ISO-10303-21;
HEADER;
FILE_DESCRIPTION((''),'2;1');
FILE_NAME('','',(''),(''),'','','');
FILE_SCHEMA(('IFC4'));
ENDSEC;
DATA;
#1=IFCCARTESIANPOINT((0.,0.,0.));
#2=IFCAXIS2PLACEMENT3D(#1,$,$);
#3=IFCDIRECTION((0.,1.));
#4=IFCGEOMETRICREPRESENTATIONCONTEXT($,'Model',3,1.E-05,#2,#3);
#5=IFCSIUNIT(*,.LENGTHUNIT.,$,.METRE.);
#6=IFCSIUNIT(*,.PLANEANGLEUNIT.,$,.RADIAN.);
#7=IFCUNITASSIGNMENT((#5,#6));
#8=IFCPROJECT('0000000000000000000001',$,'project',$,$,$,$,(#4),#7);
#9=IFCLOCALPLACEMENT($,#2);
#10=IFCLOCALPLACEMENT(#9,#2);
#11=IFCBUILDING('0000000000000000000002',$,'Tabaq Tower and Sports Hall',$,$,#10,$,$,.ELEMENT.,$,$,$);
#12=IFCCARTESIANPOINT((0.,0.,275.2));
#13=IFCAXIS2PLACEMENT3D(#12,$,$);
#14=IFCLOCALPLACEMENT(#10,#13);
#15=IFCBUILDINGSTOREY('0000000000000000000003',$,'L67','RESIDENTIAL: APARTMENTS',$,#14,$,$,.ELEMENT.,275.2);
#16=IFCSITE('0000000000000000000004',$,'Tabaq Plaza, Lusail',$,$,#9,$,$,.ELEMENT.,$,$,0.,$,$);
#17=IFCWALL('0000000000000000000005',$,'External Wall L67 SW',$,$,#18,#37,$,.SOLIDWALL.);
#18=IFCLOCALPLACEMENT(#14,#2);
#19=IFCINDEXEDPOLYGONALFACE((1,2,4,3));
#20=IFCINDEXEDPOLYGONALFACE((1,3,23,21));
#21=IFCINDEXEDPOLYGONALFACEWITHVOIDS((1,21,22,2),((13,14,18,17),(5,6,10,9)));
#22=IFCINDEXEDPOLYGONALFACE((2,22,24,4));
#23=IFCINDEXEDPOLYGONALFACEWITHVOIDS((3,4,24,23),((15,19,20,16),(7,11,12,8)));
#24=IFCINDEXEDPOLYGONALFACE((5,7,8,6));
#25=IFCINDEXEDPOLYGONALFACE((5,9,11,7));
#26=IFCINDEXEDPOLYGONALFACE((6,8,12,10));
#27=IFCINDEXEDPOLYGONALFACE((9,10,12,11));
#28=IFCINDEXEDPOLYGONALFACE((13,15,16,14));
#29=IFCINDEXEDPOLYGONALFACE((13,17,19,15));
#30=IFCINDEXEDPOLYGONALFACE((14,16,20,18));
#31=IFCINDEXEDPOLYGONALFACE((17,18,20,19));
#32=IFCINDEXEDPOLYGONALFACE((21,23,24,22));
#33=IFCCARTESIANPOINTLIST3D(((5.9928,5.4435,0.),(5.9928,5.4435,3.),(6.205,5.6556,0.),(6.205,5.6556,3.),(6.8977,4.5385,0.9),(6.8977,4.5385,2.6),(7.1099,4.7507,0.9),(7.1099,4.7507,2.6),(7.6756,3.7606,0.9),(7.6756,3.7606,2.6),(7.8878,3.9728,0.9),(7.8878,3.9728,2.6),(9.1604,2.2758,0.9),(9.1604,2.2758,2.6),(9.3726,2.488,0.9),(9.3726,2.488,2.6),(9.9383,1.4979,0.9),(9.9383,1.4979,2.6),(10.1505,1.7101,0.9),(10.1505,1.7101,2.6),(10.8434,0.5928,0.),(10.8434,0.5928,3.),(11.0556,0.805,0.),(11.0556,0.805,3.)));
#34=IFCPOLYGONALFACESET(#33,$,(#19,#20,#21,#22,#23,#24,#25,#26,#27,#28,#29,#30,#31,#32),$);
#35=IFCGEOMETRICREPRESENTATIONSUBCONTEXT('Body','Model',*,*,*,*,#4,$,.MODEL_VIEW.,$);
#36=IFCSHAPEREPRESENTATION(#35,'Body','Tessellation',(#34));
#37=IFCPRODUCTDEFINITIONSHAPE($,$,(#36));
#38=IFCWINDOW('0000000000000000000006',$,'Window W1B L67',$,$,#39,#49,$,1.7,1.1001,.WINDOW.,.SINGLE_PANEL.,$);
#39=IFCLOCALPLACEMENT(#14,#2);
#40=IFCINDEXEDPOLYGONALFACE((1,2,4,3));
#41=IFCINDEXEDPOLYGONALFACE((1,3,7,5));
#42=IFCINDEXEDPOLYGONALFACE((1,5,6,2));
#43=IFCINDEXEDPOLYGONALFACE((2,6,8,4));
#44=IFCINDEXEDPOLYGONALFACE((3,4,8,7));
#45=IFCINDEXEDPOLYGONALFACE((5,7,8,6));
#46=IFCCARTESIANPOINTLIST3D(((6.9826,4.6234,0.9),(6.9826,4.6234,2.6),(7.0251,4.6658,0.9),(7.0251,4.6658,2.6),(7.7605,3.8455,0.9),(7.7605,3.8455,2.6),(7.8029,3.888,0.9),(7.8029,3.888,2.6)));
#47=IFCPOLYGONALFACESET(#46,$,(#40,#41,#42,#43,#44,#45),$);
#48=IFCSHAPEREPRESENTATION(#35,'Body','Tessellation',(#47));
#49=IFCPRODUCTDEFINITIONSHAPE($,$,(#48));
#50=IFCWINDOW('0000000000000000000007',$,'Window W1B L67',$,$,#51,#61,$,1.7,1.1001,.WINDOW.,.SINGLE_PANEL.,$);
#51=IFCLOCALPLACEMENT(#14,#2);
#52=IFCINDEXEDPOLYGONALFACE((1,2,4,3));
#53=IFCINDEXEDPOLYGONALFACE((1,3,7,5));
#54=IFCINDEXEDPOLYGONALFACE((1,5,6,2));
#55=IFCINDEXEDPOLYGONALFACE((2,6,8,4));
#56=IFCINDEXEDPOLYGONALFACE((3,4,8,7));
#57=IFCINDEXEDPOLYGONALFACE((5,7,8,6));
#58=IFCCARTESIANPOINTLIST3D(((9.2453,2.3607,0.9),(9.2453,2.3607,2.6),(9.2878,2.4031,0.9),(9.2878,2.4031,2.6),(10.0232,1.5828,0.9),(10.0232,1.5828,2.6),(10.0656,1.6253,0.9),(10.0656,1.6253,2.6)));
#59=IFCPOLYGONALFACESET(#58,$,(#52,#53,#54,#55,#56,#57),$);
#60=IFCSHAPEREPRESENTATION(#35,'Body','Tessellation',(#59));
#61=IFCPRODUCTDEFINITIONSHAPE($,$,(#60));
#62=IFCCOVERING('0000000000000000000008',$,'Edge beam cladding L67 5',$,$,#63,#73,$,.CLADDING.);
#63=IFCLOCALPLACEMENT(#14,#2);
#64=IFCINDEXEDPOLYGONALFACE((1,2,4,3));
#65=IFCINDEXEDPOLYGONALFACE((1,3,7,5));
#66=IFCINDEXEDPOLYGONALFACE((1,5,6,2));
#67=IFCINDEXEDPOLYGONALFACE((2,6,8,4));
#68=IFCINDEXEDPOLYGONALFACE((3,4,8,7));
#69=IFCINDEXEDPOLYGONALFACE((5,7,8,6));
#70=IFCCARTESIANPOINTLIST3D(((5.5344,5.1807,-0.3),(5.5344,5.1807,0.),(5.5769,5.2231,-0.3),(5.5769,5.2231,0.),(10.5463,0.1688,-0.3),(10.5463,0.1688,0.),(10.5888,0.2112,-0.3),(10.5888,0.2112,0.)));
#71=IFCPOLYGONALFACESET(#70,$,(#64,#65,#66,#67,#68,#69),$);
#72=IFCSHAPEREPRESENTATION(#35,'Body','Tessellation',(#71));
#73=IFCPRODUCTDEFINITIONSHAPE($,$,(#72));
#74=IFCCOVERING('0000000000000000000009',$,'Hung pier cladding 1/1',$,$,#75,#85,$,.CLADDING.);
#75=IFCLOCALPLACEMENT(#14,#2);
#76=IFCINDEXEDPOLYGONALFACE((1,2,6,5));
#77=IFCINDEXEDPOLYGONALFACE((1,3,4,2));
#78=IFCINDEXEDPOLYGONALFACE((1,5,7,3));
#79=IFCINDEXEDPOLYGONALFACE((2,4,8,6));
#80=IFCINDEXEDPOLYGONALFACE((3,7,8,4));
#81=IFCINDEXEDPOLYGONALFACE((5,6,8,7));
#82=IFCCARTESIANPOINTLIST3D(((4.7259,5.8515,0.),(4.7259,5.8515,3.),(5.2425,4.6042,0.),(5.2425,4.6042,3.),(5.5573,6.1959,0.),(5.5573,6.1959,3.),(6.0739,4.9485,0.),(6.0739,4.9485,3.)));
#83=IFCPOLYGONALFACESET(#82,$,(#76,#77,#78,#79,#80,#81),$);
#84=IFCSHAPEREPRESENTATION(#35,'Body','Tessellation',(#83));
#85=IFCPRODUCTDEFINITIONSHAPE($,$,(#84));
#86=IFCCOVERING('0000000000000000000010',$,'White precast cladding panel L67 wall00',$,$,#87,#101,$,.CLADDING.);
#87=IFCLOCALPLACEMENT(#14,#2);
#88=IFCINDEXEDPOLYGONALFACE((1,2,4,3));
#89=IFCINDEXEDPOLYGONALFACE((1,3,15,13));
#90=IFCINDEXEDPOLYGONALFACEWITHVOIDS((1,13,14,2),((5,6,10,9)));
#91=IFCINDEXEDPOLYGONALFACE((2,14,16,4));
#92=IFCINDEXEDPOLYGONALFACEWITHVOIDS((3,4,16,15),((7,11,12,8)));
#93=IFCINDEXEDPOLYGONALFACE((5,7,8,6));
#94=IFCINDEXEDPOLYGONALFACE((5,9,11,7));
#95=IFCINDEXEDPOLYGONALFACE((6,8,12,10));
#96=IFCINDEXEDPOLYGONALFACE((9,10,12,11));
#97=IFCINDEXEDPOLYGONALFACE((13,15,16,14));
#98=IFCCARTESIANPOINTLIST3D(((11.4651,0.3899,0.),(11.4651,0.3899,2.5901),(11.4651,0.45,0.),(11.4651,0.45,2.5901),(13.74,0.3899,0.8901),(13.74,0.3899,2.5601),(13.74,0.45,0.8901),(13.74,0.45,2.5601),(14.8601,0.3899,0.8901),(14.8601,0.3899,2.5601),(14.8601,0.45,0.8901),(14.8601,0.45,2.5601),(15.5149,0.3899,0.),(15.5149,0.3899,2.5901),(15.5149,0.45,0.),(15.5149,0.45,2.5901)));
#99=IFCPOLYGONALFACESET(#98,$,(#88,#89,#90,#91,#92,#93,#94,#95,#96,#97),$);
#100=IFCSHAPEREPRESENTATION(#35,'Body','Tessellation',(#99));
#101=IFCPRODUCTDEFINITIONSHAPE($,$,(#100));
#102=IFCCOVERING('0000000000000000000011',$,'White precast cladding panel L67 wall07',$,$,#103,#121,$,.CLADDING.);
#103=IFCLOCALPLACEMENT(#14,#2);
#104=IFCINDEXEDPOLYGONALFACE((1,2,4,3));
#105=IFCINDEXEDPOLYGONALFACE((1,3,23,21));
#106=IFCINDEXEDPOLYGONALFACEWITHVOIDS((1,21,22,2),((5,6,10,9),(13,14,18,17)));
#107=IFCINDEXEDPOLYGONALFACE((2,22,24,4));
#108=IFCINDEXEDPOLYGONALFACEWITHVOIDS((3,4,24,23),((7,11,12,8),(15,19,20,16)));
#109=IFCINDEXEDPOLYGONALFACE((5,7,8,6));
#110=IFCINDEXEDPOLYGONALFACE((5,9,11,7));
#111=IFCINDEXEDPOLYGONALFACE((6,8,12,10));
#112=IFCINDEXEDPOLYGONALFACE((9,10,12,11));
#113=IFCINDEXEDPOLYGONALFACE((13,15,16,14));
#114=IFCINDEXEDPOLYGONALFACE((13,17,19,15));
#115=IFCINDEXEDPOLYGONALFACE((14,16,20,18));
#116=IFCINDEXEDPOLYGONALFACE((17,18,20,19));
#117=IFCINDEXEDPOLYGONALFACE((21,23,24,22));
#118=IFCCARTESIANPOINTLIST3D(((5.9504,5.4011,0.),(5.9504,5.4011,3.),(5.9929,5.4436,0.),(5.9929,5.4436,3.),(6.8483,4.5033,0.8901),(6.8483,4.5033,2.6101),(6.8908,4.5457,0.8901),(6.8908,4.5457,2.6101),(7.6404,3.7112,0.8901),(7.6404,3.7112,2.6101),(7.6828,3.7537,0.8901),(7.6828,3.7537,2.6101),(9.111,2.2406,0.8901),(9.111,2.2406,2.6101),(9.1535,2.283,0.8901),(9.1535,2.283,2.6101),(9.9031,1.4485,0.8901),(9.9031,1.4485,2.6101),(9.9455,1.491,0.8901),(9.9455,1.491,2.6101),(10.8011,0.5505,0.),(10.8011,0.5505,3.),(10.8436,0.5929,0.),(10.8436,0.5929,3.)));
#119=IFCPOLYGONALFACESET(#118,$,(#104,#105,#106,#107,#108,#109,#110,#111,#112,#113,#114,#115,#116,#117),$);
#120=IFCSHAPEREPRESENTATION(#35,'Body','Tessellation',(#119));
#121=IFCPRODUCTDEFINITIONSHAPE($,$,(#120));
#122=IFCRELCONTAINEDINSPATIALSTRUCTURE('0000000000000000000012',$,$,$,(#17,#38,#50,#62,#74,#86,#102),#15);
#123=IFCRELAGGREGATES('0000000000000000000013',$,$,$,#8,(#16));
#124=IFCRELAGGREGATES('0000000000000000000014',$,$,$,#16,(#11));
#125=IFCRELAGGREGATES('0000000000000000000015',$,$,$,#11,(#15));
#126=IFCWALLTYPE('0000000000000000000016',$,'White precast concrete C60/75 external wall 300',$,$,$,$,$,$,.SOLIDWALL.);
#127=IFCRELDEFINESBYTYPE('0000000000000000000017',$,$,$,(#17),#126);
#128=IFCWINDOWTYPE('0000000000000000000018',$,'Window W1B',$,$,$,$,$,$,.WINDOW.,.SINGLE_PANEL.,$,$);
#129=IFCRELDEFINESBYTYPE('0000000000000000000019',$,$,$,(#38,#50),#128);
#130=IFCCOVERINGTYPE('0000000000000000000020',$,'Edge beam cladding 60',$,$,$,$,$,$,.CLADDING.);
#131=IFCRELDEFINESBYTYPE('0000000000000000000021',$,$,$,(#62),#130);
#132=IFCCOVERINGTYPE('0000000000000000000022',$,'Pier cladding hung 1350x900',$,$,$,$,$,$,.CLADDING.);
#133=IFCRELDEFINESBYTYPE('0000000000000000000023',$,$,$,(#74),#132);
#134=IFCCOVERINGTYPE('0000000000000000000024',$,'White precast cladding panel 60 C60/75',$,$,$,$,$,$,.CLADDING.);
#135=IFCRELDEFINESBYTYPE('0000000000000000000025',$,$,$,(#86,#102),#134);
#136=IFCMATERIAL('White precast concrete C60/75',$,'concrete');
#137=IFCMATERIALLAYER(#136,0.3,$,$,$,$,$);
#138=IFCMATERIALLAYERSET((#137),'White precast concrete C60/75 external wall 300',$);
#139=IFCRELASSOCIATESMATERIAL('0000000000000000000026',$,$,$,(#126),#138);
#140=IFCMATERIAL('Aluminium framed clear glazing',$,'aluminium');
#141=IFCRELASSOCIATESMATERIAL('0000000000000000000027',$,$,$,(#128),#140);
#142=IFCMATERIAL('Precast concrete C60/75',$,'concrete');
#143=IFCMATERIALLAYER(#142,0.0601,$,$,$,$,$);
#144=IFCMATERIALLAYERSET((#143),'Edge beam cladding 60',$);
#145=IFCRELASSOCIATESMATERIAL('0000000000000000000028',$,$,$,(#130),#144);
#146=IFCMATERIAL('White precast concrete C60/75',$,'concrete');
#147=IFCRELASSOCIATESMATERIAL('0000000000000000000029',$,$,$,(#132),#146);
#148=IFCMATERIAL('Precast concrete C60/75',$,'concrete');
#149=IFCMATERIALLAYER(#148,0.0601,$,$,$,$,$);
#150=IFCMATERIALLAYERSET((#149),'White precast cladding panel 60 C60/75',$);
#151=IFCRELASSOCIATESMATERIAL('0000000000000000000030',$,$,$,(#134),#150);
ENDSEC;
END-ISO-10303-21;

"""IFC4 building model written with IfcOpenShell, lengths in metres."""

from ifc_helpers import new_model, si_unit, direction, frame, frame_2d, origin, place, context, subcontext, project, spatial, polyline, rectangle, outline, extrude, material, layer, layer_set, type_object, element, fill, save


model = new_model("IFC4")

# Units and contexts
model_context = context("Model", 3, precision=1e-05, world=origin(), true_north=direction((0.0, 1.0)))
body_context = subcontext(model_context, "Body", "Model", "MODEL_VIEW")
ifc_project = project(units=[si_unit("LENGTHUNIT", "METRE"), si_unit("PLANEANGLEUNIT", "RADIAN")], contexts=[model_context])

# Site, building, storey
site_placement = place(None, origin())
site = spatial("IfcSite", under=ifc_project, at=site_placement, Name="Tabaq Plaza, Lusail", CompositionType="ELEMENT", RefElevation=0.0)
building_placement = place(site_placement, origin())
building = spatial("IfcBuilding", under=site, at=building_placement, Name="Tabaq Tower and Sports Hall", CompositionType="ELEMENT")
storey_placement = place(building_placement, frame((0.0, 0.0, 275.2)))
storey = spatial("IfcBuildingStorey", under=building, at=storey_placement, Name="L67", Description="RESIDENTIAL: APARTMENTS", CompositionType="ELEMENT", Elevation=275.2)

# Wall, openings, windows
ifc_material_1 = material(Name="White precast concrete C60/75", Category="concrete")
ifc_layer_1 = layer(ifc_material_1, 0.3)
ifc_layer_set_1 = layer_set([ifc_layer_1], Name="White precast concrete C60/75 external wall 300")
wall_type_1 = type_object("IfcWallType", Name="White precast concrete C60/75 external wall 300", PredefinedType="SOLIDWALL", material=ifc_layer_set_1)
ifc_material_2 = material(Name="Aluminium framed clear glazing", Category="aluminium")
window_type_1 = type_object("IfcWindowType", Name="Window W1B", PartitioningType="SINGLE_PANEL", PredefinedType="WINDOW", material=ifc_material_2)
wall_1_placement = place(storey_placement, frame((6.0989, 5.5496, 0.0), z_axis=(0.0, 0.0, 1.0), x_axis=(0.707107, -0.707107, 0.0)))
wall_1 = element("IfcWall", 1, at=wall_1_placement, inside=storey, type_object=wall_type_1, Name="External Wall L67 SW", PredefinedType="SOLIDWALL", context=body_context, shape_type="SweptSolid", body=[
    extrude(rectangle(XDim=6.8599, YDim=0.3, at=frame_2d((3.4299, 0.0))), origin(), (0.0, 0.0, 1.0), 3.0),
])
opening_1_placement = place(wall_1_placement, frame((1.2798, 0.0, 0.8999)))
opening_1 = element("IfcOpeningElement", 2, at=opening_1_placement, cuts=wall_1, PredefinedType="OPENING", context=body_context, shape_type="SweptSolid", body=[
    extrude(rectangle(XDim=1.1001, YDim=1.7, at=frame_2d((0.55, 0.8501))), frame((0.0, 0.1602, 0.0), z_axis=(0.0, -1.0, 0.0), x_axis=(1.0, 0.0, 0.0)), (0.0, 0.0, 1.0), 0.3201),
])
opening_2_placement = place(wall_1_placement, frame((4.4797, 0.0, 0.8999)))
opening_2 = element("IfcOpeningElement", 3, at=opening_2_placement, cuts=wall_1, PredefinedType="OPENING", context=body_context, shape_type="SweptSolid", body=[
    extrude(rectangle(XDim=1.1001, YDim=1.7, at=frame_2d((0.55, 0.8501))), frame((0.0, 0.1602, 0.0), z_axis=(0.0, -1.0, 0.0), x_axis=(1.0, 0.0, 0.0)), (0.0, 0.0, 1.0), 0.3201),
])
window_1_placement = place(opening_1_placement, origin())
window_1 = element("IfcWindow", 4, at=window_1_placement, inside=storey, type_object=window_type_1, Name="Window W1B L67", OverallHeight=1.7, OverallWidth=1.1001, PartitioningType="SINGLE_PANEL", PredefinedType="WINDOW", context=body_context, shape_type="SweptSolid", body=[
    extrude(rectangle(XDim=1.1001, YDim=1.7, at=frame_2d((0.55, 0.8501))), frame((0.0, 0.03, 0.0), z_axis=(0.0, -1.0, 0.0), x_axis=(1.0, 0.0, 0.0)), (0.0, 0.0, 1.0), 0.0601),
])
fill(opening_1, window_1)
window_2_placement = place(opening_2_placement, origin())
window_2 = element("IfcWindow", 5, at=window_2_placement, inside=storey, type_object=window_type_1, Name="Window W1B L67", OverallHeight=1.7, OverallWidth=1.1001, PartitioningType="SINGLE_PANEL", PredefinedType="WINDOW", context=body_context, shape_type="SweptSolid", body=[
    extrude(rectangle(XDim=1.1001, YDim=1.7, at=frame_2d((0.55, 0.8501))), frame((0.0, 0.03, 0.0), z_axis=(0.0, -1.0, 0.0), x_axis=(1.0, 0.0, 0.0)), (0.0, 0.0, 1.0), 0.0601),
])
fill(opening_2, window_2)

# Coverings
ifc_material_3 = material(Name="Precast concrete C60/75", Category="concrete")
ifc_layer_2 = layer(ifc_material_3, 0.0601)
ifc_layer_set_2 = layer_set([ifc_layer_2], Name="Edge beam cladding 60")
covering_type_1 = type_object("IfcCoveringType", Name="Edge beam cladding 60", PredefinedType="CLADDING", material=ifc_layer_set_2)
covering_1_placement = place(storey_placement, frame((5.5557, 5.2019, -0.3), z_axis=(0.0, 0.0, 1.0), x_axis=(0.707107, -0.707107, 0.0)))
element("IfcCovering", 6, at=covering_1_placement, inside=storey, type_object=covering_type_1, Name="Edge beam cladding L67 5", PredefinedType="CLADDING", context=body_context, shape_type="SweptSolid", body=[
    extrude(rectangle(XDim=7.0879, YDim=0.0601, at=frame_2d((3.5439, 0.0))), origin(), (0.0, 0.0, 1.0), 0.3),
])
ifc_material_4 = material(Name="White precast concrete C60/75", Category="concrete")
covering_type_2 = type_object("IfcCoveringType", Name="Pier cladding hung 1350x900", PredefinedType="CLADDING", material=ifc_material_4)
covering_2_placement = place(storey_placement, frame((5.1416, 6.0237, 0.0), z_axis=(0.0, 0.0, 1.0), x_axis=(0.38265, -0.923893, 0.0)))
element("IfcCovering", 7, at=covering_2_placement, inside=storey, type_object=covering_type_2, Name="Hung pier cladding 1/1", PredefinedType="CLADDING", context=body_context, shape_type="SweptSolid", body=[
    extrude(rectangle(XDim=1.3501, YDim=0.8999, at=frame_2d((0.675, 0.0))), origin(), (0.0, 0.0, 1.0), 3.0),
])
ifc_material_5 = material(Name="Precast concrete C60/75", Category="concrete")
ifc_layer_3 = layer(ifc_material_5, 0.0601)
ifc_layer_set_3 = layer_set([ifc_layer_3], Name="White precast cladding panel 60 C60/75")
covering_type_3 = type_object("IfcCoveringType", Name="White precast cladding panel 60 C60/75", PredefinedType="CLADDING", material=ifc_layer_set_3)
covering_3_placement = place(storey_placement, frame((11.4651, 0.4199, 0.0), z_axis=(0.0, 0.0, 1.0), x_axis=(1.0, 0.0, 0.0)))
element("IfcCovering", 8, at=covering_3_placement, inside=storey, type_object=covering_type_3, Name="White precast cladding panel L67 wall00", PredefinedType="CLADDING", context=body_context, shape_type="SweptSolid", body=[
    extrude(outline(polyline([(0.0, 0.0), (4.0498, 0.0), (4.0498, 2.5901), (0.0, 2.5901), (0.0, 0.0)]), holes=[polyline([(3.395, 0.8901), (2.2749, 0.8901), (2.2749, 2.5601), (3.395, 2.5601), (3.395, 0.8901)])]), frame((0.0, 0.03, 0.0), z_axis=(0.0, -1.0, 0.0), x_axis=(1.0, 0.0, 0.0)), (0.0, 0.0, 1.0), 0.0601),
])
covering_4_placement = place(storey_placement, frame((5.9717, 5.4224, 0.0), z_axis=(0.0, 0.0, 1.0), x_axis=(0.707107, -0.707107, 0.0)))
element("IfcCovering", 9, at=covering_4_placement, inside=storey, type_object=covering_type_3, Name="White precast cladding panel L67 wall07", PredefinedType="CLADDING", context=body_context, shape_type="SweptSolid", body=[
    extrude(outline(polyline([(0.0, 0.0), (6.8599, 0.0), (6.8599, 3.0), (0.0, 3.0), (0.0, 0.0)]), holes=[polyline([(1.2698, 2.6101), (2.3899, 2.6101), (2.3899, 0.8901), (1.2698, 0.8901), (1.2698, 2.6101)]), polyline([(4.4697, 2.6101), (5.5898, 2.6101), (5.5898, 0.8901), (4.4697, 0.8901), (4.4697, 2.6101)])]), frame((0.0, 0.03, 0.0), z_axis=(0.0, -1.0, 0.0), x_axis=(1.0, 0.0, 0.0)), (0.0, 0.0, 1.0), 0.0601),
])

save(model, "model.ifc")
